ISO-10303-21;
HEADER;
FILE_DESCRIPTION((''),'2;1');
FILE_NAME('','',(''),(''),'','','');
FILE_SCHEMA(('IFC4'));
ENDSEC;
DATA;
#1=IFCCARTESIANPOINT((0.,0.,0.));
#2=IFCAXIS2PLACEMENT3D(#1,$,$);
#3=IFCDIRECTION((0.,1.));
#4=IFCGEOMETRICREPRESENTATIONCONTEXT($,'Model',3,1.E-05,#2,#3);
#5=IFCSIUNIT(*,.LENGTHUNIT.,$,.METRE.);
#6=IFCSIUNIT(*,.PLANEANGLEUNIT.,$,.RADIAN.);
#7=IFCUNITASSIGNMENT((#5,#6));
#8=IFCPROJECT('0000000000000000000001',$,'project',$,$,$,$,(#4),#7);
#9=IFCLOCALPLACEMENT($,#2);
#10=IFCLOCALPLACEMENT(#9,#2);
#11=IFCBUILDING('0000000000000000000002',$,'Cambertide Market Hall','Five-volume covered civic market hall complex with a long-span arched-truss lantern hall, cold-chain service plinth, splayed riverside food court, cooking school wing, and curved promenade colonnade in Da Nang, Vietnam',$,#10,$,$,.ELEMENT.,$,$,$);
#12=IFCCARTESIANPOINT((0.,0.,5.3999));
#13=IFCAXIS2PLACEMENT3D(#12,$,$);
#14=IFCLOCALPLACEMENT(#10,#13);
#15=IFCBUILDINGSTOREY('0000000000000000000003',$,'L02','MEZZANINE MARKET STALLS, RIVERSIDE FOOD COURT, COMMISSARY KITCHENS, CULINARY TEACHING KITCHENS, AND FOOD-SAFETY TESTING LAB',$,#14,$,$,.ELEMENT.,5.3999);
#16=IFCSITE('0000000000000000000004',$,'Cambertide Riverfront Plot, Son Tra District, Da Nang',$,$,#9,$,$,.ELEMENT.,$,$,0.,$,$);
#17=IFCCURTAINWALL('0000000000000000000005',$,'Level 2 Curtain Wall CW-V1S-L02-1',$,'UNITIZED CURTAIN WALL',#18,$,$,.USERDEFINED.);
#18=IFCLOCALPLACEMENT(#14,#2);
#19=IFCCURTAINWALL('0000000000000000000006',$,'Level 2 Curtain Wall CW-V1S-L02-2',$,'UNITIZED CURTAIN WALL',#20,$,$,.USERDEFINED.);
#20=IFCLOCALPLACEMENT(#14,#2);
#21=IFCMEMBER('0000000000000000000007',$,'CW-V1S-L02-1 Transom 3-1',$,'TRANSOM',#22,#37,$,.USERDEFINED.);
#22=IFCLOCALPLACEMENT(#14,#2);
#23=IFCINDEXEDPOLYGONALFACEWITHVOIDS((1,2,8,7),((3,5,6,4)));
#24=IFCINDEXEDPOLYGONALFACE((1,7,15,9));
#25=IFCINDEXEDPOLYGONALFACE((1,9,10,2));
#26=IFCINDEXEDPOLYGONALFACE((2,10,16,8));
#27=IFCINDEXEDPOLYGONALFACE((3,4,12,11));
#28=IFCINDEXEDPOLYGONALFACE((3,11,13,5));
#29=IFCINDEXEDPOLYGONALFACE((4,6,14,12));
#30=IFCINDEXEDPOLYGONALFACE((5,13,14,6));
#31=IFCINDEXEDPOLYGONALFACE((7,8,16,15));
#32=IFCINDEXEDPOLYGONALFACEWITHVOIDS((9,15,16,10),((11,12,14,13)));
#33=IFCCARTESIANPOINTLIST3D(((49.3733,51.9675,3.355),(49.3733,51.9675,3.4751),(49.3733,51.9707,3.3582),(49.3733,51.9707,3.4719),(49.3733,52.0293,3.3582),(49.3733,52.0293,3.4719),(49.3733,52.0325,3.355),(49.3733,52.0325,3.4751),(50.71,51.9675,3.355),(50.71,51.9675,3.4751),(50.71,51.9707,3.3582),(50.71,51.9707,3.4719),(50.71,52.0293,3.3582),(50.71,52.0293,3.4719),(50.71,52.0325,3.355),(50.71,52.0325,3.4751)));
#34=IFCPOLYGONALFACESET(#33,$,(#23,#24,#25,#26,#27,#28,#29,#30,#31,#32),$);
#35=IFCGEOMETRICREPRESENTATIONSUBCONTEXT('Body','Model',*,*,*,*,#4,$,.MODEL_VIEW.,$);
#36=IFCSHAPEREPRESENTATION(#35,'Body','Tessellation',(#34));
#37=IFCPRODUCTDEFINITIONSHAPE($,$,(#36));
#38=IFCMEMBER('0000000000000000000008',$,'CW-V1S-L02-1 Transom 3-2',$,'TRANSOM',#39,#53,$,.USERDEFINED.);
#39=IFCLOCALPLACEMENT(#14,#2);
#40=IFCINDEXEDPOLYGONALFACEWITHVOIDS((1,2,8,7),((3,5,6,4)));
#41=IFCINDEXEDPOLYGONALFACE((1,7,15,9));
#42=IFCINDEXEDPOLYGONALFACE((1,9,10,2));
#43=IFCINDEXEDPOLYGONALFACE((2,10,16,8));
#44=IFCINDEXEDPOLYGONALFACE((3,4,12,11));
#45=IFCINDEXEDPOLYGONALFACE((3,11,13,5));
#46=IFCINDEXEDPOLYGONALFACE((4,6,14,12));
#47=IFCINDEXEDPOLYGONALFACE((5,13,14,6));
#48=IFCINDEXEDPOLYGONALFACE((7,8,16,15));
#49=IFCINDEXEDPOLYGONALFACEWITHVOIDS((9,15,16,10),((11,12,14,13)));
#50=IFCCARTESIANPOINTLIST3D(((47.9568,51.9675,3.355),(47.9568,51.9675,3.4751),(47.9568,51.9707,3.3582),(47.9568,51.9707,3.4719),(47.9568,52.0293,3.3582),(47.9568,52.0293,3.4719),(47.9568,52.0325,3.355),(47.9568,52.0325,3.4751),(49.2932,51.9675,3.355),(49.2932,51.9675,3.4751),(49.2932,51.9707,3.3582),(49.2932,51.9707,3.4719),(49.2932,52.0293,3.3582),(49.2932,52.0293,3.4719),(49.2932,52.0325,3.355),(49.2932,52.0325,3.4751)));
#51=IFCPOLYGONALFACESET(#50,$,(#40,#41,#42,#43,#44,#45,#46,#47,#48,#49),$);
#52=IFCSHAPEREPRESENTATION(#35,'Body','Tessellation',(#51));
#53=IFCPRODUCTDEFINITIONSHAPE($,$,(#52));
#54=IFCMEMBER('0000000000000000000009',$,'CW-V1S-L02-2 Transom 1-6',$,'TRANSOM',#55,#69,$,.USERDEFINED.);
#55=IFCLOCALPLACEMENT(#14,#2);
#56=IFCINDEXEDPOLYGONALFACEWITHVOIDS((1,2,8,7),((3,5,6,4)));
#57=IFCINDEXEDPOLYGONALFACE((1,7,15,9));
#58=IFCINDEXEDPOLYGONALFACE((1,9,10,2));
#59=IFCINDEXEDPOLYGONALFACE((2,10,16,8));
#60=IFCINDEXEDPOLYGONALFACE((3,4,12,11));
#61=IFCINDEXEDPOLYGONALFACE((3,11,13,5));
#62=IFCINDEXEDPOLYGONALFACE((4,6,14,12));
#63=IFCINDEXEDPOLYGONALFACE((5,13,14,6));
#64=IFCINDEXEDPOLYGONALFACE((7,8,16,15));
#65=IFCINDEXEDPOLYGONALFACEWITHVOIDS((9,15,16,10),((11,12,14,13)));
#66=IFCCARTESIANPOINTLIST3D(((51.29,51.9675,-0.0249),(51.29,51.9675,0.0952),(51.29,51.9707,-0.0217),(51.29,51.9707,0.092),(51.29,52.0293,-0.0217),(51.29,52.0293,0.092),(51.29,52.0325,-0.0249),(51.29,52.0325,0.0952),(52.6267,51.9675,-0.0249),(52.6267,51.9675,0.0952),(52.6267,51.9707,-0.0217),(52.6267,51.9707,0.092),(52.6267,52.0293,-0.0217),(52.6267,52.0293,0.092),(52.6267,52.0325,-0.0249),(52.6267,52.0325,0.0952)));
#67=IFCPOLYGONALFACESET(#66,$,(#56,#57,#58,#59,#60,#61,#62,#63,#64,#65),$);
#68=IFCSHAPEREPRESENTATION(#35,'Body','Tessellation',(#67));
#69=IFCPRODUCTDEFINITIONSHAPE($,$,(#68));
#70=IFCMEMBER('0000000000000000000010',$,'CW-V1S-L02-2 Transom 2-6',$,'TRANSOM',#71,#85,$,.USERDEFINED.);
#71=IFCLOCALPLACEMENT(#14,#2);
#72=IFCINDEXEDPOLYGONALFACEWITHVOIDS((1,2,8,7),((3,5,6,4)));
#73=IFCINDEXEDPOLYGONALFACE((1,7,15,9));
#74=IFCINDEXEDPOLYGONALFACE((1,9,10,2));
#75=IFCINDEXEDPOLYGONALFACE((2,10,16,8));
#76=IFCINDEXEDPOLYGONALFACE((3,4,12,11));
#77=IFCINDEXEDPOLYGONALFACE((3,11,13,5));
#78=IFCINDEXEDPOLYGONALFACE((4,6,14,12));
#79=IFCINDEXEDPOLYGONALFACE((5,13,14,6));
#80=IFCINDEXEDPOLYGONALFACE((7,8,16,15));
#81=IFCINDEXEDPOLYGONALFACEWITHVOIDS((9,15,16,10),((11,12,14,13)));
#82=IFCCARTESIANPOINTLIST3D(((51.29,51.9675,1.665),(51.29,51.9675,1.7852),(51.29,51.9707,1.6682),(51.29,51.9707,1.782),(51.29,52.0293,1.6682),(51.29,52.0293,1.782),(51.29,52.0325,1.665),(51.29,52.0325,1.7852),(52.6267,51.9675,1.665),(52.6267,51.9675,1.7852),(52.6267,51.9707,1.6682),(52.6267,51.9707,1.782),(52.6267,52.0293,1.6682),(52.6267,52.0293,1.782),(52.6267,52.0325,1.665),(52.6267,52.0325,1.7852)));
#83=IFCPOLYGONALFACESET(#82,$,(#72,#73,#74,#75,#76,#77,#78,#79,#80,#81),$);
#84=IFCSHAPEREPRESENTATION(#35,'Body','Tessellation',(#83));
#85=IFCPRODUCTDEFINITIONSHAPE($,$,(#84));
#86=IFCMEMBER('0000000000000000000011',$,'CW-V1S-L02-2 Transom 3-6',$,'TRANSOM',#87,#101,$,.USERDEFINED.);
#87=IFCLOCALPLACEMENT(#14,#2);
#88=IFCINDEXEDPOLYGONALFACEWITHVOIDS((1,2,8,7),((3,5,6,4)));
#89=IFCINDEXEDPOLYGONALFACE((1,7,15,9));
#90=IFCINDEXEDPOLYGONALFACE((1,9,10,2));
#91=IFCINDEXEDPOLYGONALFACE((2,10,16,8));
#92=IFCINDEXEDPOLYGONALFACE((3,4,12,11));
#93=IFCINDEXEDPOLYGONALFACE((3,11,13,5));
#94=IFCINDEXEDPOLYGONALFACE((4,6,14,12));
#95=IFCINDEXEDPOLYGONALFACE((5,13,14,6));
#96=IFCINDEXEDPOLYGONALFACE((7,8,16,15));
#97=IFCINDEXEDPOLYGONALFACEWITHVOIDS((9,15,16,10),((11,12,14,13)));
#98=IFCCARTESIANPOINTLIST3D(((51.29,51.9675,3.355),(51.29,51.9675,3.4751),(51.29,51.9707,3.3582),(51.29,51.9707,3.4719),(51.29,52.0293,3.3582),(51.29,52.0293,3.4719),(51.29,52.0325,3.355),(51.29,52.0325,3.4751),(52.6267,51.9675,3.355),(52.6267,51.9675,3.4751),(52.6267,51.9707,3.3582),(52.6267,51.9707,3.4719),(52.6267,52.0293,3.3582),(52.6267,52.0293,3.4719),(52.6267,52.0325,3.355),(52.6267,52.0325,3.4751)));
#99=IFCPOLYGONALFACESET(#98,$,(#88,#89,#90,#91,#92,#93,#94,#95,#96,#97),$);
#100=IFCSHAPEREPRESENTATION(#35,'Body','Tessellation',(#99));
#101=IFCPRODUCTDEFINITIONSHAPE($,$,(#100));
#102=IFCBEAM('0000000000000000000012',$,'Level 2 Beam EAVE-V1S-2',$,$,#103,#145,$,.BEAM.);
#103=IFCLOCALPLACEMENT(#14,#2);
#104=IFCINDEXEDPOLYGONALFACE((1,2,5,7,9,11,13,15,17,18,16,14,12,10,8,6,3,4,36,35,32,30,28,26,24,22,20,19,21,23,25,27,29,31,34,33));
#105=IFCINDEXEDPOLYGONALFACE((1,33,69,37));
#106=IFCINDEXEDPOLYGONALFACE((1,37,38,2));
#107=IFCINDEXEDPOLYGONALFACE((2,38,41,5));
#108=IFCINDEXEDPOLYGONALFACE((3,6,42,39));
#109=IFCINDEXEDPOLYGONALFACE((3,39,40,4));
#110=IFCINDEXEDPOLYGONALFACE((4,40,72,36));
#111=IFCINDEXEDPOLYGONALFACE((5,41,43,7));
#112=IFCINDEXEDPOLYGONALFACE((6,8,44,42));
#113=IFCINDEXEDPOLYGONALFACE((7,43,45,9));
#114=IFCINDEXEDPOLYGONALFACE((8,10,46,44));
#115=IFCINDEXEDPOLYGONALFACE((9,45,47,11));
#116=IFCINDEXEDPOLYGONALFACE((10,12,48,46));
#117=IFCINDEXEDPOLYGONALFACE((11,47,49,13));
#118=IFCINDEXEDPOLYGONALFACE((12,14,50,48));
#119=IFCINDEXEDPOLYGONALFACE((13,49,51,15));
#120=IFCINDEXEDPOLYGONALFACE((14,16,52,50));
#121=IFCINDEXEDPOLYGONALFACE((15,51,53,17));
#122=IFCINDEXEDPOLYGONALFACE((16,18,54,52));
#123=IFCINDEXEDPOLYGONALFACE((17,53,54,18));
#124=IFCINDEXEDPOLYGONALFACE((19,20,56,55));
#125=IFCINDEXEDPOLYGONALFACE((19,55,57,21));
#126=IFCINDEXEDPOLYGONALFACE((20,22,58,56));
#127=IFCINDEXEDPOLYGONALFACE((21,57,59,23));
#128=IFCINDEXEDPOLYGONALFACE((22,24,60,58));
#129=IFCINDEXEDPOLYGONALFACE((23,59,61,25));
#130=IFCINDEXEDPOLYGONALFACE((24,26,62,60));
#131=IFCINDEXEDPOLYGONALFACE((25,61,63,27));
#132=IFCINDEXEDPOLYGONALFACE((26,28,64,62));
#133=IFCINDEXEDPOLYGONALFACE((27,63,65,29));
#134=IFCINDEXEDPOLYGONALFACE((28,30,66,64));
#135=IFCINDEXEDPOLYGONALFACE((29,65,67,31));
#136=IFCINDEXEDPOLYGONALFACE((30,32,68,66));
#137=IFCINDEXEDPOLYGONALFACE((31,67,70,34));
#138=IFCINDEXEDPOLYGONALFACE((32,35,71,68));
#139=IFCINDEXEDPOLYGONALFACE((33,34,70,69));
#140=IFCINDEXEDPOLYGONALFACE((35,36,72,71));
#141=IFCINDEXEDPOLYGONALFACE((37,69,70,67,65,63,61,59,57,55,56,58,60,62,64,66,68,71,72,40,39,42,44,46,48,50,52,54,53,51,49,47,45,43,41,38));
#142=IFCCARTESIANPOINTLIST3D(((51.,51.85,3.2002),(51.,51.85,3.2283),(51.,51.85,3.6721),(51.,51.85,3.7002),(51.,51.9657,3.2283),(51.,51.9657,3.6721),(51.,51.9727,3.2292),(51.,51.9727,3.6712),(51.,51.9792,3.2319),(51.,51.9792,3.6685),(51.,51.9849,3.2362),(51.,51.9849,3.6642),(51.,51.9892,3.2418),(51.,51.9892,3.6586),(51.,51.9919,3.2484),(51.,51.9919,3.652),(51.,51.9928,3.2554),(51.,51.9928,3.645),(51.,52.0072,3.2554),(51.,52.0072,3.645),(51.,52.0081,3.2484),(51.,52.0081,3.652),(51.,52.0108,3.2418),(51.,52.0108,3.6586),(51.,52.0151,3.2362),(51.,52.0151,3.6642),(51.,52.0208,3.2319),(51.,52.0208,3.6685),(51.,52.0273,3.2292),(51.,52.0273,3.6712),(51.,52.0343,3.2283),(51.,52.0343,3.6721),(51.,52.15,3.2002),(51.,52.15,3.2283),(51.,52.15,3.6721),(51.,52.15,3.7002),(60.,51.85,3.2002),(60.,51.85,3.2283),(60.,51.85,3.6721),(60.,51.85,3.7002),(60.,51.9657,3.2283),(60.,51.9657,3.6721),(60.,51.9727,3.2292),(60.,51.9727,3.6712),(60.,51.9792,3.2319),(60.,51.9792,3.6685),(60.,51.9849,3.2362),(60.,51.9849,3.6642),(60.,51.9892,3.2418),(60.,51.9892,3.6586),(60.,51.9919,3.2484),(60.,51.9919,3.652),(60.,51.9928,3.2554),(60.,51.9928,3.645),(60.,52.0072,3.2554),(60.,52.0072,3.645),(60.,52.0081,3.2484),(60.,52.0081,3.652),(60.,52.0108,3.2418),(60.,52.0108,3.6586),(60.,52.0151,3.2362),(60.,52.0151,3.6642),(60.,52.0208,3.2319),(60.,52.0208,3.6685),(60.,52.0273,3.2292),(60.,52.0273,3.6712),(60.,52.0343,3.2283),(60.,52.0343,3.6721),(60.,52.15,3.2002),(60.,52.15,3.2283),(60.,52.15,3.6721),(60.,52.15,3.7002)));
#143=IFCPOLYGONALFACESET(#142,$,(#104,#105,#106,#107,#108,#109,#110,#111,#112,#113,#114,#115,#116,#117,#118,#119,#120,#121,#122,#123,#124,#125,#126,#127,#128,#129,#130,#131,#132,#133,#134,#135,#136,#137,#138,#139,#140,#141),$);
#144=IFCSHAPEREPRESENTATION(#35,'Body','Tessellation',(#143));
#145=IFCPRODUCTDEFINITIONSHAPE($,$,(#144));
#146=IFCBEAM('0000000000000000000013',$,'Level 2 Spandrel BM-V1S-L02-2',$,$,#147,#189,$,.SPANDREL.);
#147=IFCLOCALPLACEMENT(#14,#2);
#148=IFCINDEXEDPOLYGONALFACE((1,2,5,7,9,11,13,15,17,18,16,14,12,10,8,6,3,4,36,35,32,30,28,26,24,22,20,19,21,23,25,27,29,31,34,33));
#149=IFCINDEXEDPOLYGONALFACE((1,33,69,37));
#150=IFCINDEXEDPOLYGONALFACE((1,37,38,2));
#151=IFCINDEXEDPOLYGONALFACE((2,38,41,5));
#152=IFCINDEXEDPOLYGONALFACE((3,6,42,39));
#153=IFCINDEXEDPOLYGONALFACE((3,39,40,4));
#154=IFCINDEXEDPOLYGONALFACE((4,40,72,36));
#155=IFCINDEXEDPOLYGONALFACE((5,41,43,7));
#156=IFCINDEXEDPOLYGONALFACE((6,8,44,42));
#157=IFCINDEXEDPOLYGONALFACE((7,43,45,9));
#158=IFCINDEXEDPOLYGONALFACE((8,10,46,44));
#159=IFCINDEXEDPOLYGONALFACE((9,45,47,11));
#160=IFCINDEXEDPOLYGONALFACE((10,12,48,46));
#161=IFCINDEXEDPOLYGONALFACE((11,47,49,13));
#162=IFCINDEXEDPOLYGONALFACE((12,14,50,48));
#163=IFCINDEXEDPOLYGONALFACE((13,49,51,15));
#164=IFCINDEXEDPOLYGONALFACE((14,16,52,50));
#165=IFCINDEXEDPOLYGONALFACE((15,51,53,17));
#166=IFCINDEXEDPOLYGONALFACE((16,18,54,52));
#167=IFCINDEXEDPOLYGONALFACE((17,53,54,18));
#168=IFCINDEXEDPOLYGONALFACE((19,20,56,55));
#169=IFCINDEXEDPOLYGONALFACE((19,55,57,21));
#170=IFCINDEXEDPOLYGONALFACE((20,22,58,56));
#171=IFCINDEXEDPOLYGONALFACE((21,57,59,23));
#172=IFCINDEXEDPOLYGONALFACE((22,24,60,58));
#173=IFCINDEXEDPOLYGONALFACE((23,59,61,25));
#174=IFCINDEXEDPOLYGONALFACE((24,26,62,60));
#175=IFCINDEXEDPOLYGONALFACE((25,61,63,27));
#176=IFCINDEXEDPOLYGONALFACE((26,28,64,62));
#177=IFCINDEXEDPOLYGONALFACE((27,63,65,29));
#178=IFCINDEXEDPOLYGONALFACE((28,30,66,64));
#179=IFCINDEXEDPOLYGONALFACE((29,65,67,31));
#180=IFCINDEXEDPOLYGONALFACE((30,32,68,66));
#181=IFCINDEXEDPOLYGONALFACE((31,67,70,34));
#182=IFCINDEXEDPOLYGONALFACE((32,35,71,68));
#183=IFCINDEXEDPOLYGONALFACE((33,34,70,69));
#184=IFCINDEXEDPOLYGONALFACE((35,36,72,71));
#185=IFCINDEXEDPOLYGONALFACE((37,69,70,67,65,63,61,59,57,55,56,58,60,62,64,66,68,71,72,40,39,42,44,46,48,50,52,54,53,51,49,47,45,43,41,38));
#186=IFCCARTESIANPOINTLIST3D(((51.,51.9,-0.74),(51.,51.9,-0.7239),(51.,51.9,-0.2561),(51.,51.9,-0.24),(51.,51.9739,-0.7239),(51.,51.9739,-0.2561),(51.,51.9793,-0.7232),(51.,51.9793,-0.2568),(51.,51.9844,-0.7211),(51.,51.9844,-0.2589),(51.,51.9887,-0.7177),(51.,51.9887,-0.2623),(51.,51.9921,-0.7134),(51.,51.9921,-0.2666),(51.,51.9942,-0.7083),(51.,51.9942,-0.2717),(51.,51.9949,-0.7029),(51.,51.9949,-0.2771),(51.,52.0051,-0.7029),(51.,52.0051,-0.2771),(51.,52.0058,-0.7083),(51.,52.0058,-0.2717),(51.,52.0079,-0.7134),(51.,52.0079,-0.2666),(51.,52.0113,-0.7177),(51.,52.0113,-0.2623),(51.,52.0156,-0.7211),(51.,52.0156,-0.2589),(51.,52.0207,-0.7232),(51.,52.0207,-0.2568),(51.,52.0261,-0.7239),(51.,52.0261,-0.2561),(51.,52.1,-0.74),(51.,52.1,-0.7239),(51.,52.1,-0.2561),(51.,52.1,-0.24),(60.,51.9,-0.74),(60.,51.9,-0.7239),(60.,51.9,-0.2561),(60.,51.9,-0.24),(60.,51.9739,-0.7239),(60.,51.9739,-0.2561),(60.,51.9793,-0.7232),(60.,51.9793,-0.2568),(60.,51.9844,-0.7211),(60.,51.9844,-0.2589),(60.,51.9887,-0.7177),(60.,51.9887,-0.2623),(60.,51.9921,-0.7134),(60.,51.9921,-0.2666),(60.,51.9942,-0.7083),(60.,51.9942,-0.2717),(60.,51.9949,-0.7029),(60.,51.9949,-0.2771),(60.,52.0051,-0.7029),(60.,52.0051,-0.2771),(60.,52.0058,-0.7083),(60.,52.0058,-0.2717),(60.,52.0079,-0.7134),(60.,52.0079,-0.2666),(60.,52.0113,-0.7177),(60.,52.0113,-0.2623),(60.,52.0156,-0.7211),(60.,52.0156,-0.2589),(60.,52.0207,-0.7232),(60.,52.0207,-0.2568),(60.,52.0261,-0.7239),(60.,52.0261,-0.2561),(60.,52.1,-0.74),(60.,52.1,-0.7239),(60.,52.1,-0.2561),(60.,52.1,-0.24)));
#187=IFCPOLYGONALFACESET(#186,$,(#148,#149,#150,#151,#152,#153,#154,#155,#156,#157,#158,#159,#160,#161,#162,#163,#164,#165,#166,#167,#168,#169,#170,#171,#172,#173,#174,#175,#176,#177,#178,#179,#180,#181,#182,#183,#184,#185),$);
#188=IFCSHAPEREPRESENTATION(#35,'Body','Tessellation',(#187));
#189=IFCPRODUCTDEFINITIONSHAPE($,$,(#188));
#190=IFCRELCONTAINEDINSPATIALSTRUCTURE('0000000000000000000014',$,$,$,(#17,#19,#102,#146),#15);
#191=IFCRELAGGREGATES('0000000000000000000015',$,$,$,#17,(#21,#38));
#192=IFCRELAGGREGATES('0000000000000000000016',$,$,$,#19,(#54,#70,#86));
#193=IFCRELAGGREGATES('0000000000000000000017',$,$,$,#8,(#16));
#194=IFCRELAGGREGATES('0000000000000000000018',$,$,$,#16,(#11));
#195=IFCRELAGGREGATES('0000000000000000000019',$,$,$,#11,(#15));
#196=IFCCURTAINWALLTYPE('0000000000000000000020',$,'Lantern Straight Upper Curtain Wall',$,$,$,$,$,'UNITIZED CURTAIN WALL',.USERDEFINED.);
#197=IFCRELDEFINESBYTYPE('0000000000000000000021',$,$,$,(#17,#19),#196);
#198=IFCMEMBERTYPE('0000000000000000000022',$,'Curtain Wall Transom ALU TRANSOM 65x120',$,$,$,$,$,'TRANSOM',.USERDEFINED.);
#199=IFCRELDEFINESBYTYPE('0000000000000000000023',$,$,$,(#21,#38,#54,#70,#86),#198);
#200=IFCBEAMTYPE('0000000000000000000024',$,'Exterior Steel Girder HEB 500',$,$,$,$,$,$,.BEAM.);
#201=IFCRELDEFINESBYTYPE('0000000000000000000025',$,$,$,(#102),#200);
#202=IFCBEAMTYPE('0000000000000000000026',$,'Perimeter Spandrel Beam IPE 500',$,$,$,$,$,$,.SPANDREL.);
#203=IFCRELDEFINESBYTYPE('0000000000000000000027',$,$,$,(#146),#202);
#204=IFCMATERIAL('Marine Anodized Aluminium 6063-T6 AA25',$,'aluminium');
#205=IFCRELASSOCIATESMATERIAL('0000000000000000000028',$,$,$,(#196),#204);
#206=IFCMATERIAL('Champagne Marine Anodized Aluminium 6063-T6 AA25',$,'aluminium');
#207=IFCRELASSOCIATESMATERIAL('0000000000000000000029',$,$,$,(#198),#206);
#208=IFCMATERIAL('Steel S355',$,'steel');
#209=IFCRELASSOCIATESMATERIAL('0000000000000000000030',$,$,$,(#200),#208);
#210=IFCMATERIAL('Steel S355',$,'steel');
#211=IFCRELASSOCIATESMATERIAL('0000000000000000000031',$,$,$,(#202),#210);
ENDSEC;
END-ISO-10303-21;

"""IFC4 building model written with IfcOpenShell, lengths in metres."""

from ifc_helpers import new_model, si_unit, direction, frame, origin, origin_2d, place, context, subcontext, project, spatial, hollow_rectangle, i_section, extrude, material, material_profile, profile_set, type_object, element, aggregate, save


model = new_model("IFC4")

# Units and contexts
model_context = context("Model", 3, precision=1e-05, world=origin(), true_north=direction((0.0, 1.0)))
body_context = subcontext(model_context, "Body", "Model", "MODEL_VIEW")
ifc_project = project(units=[si_unit("LENGTHUNIT", "METRE"), si_unit("PLANEANGLEUNIT", "RADIAN")], contexts=[model_context])

# Site, building, storey
site_placement = place(None, origin())
site = spatial("IfcSite", under=ifc_project, at=site_placement, Name="Cambertide Riverfront Plot, Son Tra District, Da Nang", CompositionType="ELEMENT", RefElevation=0.0)
building_placement = place(site_placement, origin())
building = spatial("IfcBuilding", under=site, at=building_placement, Name="Cambertide Market Hall", Description="Five-volume covered civic market hall complex with a long-span arched-truss lantern hall, cold-chain service plinth, splayed riverside food court, cooking school wing, and curved promenade colonnade in Da Nang, Vietnam", CompositionType="ELEMENT")
storey_placement = place(building_placement, frame((0.0, 0.0, 5.3999)))
storey = spatial("IfcBuildingStorey", under=building, at=storey_placement, Name="L02", Description="MEZZANINE MARKET STALLS, RIVERSIDE FOOD COURT, COMMISSARY KITCHENS, CULINARY TEACHING KITCHENS, AND FOOD-SAFETY TESTING LAB", CompositionType="ELEMENT", Elevation=5.3999)

# Curtain walls
ifc_material_1 = material(Name="Marine Anodized Aluminium 6063-T6 AA25", Category="aluminium")
curtain_wall_type = type_object("IfcCurtainWallType", Name="Lantern Straight Upper Curtain Wall", ElementType="UNITIZED CURTAIN WALL", PredefinedType="USERDEFINED", material=ifc_material_1)
curtain_wall_1_placement = place(storey_placement, origin())
curtain_wall_1 = element("IfcCurtainWall", 1, at=curtain_wall_1_placement, inside=storey, type_object=curtain_wall_type, Name="Level 2 Curtain Wall CW-V1S-L02-1", ObjectType="UNITIZED CURTAIN WALL", PredefinedType="USERDEFINED")
curtain_wall_2_placement = place(storey_placement, origin())
curtain_wall_2 = element("IfcCurtainWall", 2, at=curtain_wall_2_placement, inside=storey, type_object=curtain_wall_type, Name="Level 2 Curtain Wall CW-V1S-L02-2", ObjectType="UNITIZED CURTAIN WALL", PredefinedType="USERDEFINED")

# Members
ifc_material_2 = material(Name="Champagne Marine Anodized Aluminium 6063-T6 AA25", Category="aluminium")
ifc_material_profile_1 = material_profile(ifc_material_2, hollow_rectangle(XDim=0.0649, YDim=0.1201, WallThickness=0.0032, at=origin_2d()), Name="ALU TRANSOM 65x120")
ifc_profile_set_1 = profile_set([ifc_material_profile_1], Name="Champagne Marine Anodized Aluminium 6063-T6 AA25")
member_type_1 = type_object("IfcMemberType", Name="Curtain Wall Transom ALU TRANSOM 65x120", ElementType="TRANSOM", PredefinedType="USERDEFINED", material=ifc_profile_set_1)
member_1_placement = place(storey_placement, frame((50.71, 52.0, 3.415), z_axis=(-1.0, 0.0, 0.0), x_axis=(0.0, -1.0, 0.0)))
member_1 = element("IfcMember", 3, at=member_1_placement, type_object=member_type_1, Name="CW-V1S-L02-1 Transom 3-1", ObjectType="TRANSOM", PredefinedType="USERDEFINED", context=body_context, shape_type="SweptSolid", body=[
    extrude(hollow_rectangle(XDim=0.0649, YDim=0.1201, WallThickness=0.0032, at=origin_2d()), origin(), (0.0, 0.0, 1.0), 1.3367),
])
member_2_placement = place(storey_placement, frame((49.2932, 52.0, 3.415), z_axis=(-1.0, 0.0, 0.0), x_axis=(0.0, -1.0, 0.0)))
member_2 = element("IfcMember", 4, at=member_2_placement, type_object=member_type_1, Name="CW-V1S-L02-1 Transom 3-2", ObjectType="TRANSOM", PredefinedType="USERDEFINED", context=body_context, shape_type="SweptSolid", body=[
    extrude(hollow_rectangle(XDim=0.0649, YDim=0.1201, WallThickness=0.0032, at=origin_2d()), origin(), (0.0, 0.0, 1.0), 1.3364),
])
member_3_placement = place(storey_placement, frame((52.6267, 52.0, 0.0352), z_axis=(-1.0, 0.0, 0.0), x_axis=(0.0, -1.0, 0.0)))
member_3 = element("IfcMember", 5, at=member_3_placement, type_object=member_type_1, Name="CW-V1S-L02-2 Transom 1-6", ObjectType="TRANSOM", PredefinedType="USERDEFINED", context=body_context, shape_type="SweptSolid", body=[
    extrude(hollow_rectangle(XDim=0.0649, YDim=0.1201, WallThickness=0.0032, at=origin_2d()), origin(), (0.0, 0.0, 1.0), 1.3367),
])
member_4_placement = place(storey_placement, frame((52.6267, 52.0, 1.7251), z_axis=(-1.0, 0.0, 0.0), x_axis=(0.0, -1.0, 0.0)))
member_4 = element("IfcMember", 6, at=member_4_placement, type_object=member_type_1, Name="CW-V1S-L02-2 Transom 2-6", ObjectType="TRANSOM", PredefinedType="USERDEFINED", context=body_context, shape_type="SweptSolid", body=[
    extrude(hollow_rectangle(XDim=0.0649, YDim=0.1201, WallThickness=0.0032, at=origin_2d()), origin(), (0.0, 0.0, 1.0), 1.3367),
])
member_5_placement = place(storey_placement, frame((52.6267, 52.0, 3.415), z_axis=(-1.0, 0.0, 0.0), x_axis=(0.0, -1.0, 0.0)))
member_5 = element("IfcMember", 7, at=member_5_placement, type_object=member_type_1, Name="CW-V1S-L02-2 Transom 3-6", ObjectType="TRANSOM", PredefinedType="USERDEFINED", context=body_context, shape_type="SweptSolid", body=[
    extrude(hollow_rectangle(XDim=0.0649, YDim=0.1201, WallThickness=0.0032, at=origin_2d()), origin(), (0.0, 0.0, 1.0), 1.3367),
])

# Beams
ifc_material_3 = material(Name="Steel S355", Category="steel")
ifc_material_profile_2 = material_profile(ifc_material_3, i_section(OverallWidth=0.3, OverallDepth=0.5, WebThickness=0.0144, FlangeThickness=0.0281, FilletRadius=0.0271, at=origin_2d()), Name="HEB 500")
ifc_profile_set_2 = profile_set([ifc_material_profile_2], Name="Steel S355")
beam_type_1 = type_object("IfcBeamType", Name="Exterior Steel Girder HEB 500", PredefinedType="BEAM", material=ifc_profile_set_2)
beam_1_placement = place(storey_placement, frame((51.0, 52.0, 3.4502), z_axis=(1.0, 0.0, 0.0), x_axis=(0.0, 1.0, 0.0)))
element("IfcBeam", 8, at=beam_1_placement, inside=storey, type_object=beam_type_1, Name="Level 2 Beam EAVE-V1S-2", PredefinedType="BEAM", context=body_context, shape_type="SweptSolid", body=[
    extrude(i_section(OverallWidth=0.3, OverallDepth=0.5, WebThickness=0.0144, FlangeThickness=0.0281, FilletRadius=0.0271, at=origin_2d()), origin(), (0.0, 0.0, 1.0), 9.0),
])
ifc_material_4 = material(Name="Steel S355", Category="steel")
ifc_material_profile_3 = material_profile(ifc_material_4, i_section(OverallWidth=0.2, OverallDepth=0.5, WebThickness=0.0103, FlangeThickness=0.0161, FilletRadius=0.021, at=origin_2d()), Name="IPE 500")
ifc_profile_set_3 = profile_set([ifc_material_profile_3], Name="Steel S355")
beam_type_2 = type_object("IfcBeamType", Name="Perimeter Spandrel Beam IPE 500", PredefinedType="SPANDREL", material=ifc_profile_set_3)
beam_2_placement = place(storey_placement, frame((51.0, 52.0, -0.49), z_axis=(1.0, 0.0, 0.0), x_axis=(0.0, 1.0, 0.0)))
element("IfcBeam", 9, at=beam_2_placement, inside=storey, type_object=beam_type_2, Name="Level 2 Spandrel BM-V1S-L02-2", PredefinedType="SPANDREL", context=body_context, shape_type="SweptSolid", body=[
    extrude(i_section(OverallWidth=0.2, OverallDepth=0.5, WebThickness=0.0103, FlangeThickness=0.0161, FilletRadius=0.021, at=origin_2d()), origin(), (0.0, 0.0, 1.0), 9.0),
])

aggregate(curtain_wall_1, [member_1, member_2])
aggregate(curtain_wall_2, [member_3, member_4, member_5])

save(model, "model.ifc")
